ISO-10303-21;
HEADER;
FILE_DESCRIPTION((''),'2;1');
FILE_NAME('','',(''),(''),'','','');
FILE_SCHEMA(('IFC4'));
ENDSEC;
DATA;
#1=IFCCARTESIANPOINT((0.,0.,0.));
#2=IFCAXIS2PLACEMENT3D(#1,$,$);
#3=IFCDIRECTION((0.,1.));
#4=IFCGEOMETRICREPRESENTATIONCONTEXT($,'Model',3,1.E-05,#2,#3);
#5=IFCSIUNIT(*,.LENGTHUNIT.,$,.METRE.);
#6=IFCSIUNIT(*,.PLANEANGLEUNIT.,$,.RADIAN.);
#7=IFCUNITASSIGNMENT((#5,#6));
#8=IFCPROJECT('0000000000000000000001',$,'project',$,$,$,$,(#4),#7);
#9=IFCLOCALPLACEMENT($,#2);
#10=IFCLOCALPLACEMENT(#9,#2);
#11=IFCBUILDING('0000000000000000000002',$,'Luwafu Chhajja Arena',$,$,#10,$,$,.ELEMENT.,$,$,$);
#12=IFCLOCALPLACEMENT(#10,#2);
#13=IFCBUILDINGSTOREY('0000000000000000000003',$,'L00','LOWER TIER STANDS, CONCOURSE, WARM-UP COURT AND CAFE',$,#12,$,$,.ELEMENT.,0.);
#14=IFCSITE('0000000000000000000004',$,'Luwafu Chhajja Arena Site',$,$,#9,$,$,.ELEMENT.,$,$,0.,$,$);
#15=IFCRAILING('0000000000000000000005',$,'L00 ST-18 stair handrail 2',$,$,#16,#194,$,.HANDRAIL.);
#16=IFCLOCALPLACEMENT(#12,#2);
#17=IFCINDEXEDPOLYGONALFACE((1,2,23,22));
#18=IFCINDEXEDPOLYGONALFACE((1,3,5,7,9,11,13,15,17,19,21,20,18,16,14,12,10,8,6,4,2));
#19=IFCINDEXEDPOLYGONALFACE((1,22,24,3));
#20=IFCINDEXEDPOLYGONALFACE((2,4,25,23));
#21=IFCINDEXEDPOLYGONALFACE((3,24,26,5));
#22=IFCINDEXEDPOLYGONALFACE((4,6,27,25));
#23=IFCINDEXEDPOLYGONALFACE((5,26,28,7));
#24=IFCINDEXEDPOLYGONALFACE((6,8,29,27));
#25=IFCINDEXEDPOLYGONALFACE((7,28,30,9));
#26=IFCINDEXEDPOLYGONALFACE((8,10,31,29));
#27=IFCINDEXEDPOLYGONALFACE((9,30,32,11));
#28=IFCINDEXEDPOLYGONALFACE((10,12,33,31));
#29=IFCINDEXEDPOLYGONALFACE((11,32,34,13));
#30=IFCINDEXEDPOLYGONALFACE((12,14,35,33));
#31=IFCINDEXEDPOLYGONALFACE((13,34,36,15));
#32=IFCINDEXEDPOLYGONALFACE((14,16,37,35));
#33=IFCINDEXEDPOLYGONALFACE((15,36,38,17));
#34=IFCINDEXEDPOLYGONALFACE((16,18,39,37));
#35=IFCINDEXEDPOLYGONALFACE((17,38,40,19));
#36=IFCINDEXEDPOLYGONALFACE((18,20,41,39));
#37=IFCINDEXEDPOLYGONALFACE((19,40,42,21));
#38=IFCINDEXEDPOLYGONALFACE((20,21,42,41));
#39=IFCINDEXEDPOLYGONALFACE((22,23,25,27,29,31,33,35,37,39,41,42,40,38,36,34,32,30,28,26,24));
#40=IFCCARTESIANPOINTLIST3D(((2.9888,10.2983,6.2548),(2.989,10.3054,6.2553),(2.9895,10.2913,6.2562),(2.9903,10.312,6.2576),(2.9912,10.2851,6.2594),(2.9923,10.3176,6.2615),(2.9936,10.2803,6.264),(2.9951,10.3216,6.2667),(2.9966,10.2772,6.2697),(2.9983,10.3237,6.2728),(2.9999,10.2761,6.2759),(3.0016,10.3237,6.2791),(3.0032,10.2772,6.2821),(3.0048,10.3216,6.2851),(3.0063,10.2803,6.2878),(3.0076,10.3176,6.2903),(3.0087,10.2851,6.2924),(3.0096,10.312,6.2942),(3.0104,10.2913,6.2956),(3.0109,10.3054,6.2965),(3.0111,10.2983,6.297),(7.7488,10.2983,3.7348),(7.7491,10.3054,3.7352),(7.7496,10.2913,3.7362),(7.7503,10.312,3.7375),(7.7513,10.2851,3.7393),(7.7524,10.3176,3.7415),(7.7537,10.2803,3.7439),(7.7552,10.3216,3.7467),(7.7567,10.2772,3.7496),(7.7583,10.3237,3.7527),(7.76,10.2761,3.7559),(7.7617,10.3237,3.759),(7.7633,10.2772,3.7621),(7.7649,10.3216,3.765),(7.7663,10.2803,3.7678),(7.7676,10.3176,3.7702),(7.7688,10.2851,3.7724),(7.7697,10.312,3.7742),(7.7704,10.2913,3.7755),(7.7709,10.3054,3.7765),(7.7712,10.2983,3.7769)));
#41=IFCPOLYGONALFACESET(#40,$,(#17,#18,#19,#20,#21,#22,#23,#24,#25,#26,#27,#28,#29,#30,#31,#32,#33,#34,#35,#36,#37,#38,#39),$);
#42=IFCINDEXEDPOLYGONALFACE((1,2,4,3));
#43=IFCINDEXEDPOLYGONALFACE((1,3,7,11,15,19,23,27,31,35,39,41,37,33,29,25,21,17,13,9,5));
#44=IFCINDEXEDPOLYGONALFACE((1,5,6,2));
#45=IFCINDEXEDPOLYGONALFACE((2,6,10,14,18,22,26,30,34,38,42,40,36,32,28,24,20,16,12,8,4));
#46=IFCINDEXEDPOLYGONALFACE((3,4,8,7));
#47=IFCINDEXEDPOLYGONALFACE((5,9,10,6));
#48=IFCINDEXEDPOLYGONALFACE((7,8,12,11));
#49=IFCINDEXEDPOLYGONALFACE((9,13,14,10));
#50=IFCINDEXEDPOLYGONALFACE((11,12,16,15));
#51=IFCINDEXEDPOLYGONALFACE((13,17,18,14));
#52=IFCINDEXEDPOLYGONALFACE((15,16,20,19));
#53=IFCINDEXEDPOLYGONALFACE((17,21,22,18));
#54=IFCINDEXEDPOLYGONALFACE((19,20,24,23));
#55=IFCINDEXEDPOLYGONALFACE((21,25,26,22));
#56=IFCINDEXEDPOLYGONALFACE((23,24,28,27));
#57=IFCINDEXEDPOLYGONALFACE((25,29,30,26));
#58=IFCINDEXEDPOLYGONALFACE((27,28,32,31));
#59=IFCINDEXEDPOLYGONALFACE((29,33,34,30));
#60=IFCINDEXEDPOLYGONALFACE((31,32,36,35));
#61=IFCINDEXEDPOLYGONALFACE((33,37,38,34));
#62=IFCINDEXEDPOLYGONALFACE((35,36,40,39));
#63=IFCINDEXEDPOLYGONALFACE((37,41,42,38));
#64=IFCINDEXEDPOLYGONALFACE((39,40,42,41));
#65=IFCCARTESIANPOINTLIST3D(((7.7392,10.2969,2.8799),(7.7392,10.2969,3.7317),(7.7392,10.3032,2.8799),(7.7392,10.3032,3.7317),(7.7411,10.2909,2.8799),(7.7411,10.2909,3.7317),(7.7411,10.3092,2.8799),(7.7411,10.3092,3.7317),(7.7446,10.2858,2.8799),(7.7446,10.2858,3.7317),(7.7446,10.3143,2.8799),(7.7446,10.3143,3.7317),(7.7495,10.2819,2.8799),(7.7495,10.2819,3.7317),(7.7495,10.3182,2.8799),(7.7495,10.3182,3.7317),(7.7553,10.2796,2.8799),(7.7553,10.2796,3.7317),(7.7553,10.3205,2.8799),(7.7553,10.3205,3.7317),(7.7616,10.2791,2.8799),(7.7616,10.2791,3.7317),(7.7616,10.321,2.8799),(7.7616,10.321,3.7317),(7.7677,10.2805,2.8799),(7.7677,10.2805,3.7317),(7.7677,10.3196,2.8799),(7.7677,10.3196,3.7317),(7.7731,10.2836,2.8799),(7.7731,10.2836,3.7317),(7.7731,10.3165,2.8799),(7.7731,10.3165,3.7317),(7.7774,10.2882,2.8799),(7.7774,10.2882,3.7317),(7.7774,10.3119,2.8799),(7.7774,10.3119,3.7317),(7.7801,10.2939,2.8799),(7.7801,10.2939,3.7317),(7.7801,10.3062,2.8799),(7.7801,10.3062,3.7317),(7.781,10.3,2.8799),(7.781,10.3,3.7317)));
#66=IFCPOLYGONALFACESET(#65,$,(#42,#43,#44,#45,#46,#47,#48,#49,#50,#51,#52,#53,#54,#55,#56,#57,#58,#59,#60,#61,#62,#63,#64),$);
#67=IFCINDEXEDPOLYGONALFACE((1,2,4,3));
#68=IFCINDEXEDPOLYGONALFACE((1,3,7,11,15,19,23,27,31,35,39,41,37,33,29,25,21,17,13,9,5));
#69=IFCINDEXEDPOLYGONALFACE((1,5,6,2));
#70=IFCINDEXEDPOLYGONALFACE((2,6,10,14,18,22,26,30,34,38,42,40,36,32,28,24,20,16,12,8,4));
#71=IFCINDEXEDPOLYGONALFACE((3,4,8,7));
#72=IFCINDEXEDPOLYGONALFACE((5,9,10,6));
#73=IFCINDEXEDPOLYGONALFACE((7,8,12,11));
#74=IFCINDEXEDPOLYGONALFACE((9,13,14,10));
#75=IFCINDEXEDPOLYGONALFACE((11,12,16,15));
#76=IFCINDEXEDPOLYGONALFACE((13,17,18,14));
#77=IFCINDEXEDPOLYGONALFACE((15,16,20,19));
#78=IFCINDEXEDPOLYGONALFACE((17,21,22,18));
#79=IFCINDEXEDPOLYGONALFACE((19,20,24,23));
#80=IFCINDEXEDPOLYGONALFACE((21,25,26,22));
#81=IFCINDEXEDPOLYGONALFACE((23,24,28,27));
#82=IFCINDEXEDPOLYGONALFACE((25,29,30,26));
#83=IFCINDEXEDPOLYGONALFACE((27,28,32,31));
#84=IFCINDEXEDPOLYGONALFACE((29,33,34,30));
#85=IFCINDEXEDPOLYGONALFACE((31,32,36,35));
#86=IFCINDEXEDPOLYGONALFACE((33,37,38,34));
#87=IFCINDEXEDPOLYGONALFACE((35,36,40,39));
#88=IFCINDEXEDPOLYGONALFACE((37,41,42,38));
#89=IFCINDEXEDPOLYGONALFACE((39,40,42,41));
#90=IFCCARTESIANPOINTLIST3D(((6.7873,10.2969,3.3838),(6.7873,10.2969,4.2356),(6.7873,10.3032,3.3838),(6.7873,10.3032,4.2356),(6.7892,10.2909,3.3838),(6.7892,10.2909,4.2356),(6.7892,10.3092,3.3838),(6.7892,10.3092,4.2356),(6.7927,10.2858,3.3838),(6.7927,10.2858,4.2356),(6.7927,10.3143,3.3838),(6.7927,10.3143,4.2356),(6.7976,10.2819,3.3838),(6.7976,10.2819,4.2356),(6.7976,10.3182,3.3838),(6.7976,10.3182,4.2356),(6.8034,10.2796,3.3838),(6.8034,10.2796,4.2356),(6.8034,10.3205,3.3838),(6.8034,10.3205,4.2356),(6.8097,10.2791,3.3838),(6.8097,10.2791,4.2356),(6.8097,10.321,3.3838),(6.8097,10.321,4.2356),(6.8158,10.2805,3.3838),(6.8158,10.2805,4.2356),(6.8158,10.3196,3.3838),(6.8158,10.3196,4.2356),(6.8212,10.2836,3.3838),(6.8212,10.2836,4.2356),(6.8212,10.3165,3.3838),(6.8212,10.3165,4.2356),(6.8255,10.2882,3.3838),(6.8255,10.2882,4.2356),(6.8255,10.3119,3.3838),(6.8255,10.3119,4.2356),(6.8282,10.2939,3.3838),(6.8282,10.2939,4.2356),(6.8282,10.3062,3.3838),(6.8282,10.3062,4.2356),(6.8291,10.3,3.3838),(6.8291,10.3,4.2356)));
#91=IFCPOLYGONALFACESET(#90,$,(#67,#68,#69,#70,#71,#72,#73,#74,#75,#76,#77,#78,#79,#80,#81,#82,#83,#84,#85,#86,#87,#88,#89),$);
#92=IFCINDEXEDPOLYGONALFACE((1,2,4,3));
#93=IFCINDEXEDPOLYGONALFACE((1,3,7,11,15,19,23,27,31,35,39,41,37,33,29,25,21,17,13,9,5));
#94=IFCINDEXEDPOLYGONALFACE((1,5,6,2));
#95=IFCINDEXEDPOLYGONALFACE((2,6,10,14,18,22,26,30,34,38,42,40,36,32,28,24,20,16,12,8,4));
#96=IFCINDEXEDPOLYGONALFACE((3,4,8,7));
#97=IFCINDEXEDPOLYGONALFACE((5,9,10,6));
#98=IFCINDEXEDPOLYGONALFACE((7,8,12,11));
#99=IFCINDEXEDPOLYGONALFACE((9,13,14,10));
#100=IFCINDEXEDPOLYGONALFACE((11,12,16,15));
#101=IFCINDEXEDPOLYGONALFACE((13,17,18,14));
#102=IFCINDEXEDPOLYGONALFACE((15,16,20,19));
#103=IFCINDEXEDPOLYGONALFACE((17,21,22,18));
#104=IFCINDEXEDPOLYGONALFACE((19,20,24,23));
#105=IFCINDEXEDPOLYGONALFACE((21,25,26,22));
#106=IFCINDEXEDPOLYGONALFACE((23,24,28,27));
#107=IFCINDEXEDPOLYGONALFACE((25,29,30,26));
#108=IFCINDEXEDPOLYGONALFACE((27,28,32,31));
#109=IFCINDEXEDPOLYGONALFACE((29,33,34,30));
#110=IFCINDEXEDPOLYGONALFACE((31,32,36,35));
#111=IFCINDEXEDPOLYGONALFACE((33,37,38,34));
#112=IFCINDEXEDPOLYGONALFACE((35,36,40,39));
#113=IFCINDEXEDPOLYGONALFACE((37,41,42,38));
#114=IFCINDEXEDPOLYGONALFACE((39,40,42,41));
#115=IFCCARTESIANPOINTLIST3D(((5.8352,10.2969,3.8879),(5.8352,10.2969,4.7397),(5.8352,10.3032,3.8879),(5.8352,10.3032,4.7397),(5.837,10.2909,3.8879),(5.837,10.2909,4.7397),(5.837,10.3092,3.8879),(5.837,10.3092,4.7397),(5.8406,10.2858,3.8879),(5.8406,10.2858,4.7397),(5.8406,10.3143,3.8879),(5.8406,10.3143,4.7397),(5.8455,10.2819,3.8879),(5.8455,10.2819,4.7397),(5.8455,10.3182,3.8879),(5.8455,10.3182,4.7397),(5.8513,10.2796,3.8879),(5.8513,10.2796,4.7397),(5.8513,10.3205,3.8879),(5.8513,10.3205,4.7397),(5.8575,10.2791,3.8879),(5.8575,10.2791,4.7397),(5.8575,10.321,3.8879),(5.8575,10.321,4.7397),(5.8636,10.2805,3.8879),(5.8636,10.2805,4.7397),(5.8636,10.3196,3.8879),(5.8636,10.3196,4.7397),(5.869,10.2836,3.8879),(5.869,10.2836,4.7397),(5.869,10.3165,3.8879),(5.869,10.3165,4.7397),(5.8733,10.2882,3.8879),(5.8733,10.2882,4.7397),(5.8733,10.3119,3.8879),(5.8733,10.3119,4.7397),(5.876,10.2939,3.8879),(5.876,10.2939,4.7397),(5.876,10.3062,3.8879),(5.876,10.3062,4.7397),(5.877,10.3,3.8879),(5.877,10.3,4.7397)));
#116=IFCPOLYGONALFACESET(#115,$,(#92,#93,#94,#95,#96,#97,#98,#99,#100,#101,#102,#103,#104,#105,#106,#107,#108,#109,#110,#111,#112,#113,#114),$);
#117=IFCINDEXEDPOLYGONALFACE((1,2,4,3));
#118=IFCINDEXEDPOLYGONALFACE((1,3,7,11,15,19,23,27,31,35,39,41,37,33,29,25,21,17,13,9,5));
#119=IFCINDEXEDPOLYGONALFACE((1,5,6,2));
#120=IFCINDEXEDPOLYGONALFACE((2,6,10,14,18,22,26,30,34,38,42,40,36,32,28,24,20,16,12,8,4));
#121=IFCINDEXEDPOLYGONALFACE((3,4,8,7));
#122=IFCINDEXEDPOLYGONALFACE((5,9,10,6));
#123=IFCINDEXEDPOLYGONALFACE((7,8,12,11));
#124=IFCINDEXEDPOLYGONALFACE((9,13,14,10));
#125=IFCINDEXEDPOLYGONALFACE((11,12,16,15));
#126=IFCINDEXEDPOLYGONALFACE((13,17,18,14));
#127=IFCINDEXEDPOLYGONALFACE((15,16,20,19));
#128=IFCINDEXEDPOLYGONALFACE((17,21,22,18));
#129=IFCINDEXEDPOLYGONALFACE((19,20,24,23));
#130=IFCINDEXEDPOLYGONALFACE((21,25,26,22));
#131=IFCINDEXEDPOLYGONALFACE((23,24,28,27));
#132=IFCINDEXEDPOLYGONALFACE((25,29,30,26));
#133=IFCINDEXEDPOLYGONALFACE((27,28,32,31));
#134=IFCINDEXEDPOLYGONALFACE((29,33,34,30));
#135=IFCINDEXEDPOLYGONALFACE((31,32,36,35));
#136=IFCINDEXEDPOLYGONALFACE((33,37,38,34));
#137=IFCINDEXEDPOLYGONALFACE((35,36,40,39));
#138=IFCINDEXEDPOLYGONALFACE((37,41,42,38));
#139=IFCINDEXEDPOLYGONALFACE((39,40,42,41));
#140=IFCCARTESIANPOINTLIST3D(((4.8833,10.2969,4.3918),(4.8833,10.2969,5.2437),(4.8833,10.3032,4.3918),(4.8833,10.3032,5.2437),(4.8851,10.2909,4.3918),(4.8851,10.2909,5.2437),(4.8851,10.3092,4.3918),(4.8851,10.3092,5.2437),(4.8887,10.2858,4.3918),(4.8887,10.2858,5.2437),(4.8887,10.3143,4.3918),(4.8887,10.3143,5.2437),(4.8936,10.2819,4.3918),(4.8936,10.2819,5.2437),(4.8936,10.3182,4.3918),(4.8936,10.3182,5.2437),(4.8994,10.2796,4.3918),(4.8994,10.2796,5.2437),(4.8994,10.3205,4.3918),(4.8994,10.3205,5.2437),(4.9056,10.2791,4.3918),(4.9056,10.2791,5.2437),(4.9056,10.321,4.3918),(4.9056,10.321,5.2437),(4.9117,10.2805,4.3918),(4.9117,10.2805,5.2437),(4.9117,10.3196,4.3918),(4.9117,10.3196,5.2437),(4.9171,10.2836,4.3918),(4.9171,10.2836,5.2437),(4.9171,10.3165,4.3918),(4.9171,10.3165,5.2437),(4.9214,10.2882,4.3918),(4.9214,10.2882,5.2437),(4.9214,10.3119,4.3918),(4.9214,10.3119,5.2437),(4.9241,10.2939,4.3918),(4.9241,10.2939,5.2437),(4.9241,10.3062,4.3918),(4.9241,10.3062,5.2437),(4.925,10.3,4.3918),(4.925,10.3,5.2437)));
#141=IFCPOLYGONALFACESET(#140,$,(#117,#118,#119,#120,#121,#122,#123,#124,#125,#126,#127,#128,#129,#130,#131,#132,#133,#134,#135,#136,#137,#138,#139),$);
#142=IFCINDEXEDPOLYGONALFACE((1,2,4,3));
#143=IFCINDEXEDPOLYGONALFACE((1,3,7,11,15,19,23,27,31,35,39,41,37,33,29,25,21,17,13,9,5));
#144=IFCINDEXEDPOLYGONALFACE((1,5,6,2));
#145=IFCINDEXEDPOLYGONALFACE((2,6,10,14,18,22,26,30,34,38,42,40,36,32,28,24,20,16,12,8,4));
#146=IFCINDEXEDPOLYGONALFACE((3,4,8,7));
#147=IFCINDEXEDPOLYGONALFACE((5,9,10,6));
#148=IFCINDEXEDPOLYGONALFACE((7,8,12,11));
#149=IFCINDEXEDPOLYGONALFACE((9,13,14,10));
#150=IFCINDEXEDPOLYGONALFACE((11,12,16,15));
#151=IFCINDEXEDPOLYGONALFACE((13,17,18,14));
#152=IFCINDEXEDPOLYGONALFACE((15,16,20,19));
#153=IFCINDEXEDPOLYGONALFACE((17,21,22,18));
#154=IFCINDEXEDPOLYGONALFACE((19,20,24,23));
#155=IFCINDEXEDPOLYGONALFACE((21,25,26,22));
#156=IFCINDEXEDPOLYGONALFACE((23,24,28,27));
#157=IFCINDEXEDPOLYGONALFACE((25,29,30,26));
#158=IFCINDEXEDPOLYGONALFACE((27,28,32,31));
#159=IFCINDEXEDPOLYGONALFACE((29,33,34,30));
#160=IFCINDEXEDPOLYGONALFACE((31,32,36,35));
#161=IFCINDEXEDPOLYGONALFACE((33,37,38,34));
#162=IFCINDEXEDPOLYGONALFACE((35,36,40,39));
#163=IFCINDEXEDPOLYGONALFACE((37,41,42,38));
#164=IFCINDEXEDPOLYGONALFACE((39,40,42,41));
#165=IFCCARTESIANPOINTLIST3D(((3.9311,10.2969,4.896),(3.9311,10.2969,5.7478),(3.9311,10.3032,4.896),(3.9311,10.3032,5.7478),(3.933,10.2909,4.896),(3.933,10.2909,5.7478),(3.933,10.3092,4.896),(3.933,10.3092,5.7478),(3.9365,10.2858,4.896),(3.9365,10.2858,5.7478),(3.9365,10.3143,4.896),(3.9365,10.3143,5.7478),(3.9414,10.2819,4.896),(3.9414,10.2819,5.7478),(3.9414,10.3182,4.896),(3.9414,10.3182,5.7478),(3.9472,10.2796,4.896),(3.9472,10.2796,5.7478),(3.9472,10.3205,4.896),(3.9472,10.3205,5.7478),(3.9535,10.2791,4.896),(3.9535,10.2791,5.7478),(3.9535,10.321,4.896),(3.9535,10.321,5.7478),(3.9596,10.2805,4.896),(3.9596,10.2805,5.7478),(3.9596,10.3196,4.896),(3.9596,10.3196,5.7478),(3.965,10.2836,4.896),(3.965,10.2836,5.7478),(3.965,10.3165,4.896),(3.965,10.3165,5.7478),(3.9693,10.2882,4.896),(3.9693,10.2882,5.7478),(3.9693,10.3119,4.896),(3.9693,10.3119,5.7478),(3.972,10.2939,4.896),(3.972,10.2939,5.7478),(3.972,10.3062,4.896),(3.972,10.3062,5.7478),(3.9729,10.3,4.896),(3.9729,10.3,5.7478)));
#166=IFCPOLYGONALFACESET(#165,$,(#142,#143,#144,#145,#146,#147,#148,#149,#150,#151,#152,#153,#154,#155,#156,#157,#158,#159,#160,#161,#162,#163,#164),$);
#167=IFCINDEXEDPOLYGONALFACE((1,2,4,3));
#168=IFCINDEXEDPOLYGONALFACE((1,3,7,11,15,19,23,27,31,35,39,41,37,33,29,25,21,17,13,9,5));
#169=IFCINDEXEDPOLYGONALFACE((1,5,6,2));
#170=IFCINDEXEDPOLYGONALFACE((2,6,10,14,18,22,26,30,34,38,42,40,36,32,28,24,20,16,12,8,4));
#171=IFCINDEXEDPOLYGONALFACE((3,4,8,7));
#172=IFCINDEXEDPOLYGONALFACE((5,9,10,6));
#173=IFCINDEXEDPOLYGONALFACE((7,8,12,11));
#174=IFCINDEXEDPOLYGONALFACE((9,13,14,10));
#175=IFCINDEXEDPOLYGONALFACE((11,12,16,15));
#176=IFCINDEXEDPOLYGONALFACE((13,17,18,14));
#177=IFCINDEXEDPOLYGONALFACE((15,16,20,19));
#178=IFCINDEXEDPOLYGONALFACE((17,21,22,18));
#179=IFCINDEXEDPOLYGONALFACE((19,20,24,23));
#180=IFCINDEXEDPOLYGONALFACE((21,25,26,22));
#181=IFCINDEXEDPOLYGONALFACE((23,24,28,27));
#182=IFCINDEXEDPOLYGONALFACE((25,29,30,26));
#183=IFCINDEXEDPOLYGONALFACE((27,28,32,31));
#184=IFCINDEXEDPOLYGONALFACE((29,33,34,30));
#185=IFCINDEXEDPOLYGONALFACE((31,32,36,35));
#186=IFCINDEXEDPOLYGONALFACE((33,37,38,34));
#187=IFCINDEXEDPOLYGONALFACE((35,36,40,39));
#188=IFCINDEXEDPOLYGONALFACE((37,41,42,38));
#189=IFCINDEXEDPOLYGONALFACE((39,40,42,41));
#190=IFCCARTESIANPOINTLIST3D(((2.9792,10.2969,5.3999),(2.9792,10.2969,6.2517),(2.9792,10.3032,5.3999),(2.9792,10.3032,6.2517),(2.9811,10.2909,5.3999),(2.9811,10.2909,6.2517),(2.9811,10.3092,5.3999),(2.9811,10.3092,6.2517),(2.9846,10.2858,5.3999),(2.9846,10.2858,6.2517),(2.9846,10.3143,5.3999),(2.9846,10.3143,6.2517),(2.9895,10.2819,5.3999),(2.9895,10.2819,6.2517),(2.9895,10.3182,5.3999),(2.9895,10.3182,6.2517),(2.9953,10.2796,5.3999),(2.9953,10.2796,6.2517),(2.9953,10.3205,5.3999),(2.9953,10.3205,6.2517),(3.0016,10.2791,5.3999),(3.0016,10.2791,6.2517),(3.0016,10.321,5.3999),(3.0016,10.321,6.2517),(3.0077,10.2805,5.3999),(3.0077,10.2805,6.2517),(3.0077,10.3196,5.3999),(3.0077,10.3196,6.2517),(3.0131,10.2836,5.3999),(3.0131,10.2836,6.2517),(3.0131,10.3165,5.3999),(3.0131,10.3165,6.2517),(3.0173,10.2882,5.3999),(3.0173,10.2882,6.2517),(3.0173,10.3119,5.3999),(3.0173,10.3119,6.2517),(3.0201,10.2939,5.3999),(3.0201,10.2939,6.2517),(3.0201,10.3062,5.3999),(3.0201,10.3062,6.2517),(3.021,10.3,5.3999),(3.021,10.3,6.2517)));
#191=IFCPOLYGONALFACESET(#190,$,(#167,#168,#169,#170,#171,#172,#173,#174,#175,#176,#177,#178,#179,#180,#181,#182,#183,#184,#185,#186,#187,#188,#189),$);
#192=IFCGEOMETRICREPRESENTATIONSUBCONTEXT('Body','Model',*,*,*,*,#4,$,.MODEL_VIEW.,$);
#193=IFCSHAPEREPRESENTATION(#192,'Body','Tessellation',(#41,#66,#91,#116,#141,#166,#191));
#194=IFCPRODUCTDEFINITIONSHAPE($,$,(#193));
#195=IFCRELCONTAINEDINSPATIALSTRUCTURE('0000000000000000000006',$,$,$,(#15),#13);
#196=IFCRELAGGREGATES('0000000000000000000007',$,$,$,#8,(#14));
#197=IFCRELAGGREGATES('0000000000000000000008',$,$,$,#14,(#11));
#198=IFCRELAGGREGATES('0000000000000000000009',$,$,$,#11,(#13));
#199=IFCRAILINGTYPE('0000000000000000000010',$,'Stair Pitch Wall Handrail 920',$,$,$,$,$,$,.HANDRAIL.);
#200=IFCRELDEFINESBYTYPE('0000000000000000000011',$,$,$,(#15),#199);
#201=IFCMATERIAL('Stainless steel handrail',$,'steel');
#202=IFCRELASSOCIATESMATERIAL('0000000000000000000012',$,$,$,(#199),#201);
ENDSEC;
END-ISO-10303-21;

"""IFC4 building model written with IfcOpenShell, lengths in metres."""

from ifc_helpers import new_model, si_unit, direction, frame, origin, origin_2d, place, context, subcontext, project, spatial, circle, extrude, material, type_object, element, save


model = new_model("IFC4")

# Units and contexts
model_context = context("Model", 3, precision=1e-05, world=origin(), true_north=direction((0.0, 1.0)))
body_context = subcontext(model_context, "Body", "Model", "MODEL_VIEW")
ifc_project = project(units=[si_unit("LENGTHUNIT", "METRE"), si_unit("PLANEANGLEUNIT", "RADIAN")], contexts=[model_context])

# Site, building, storey
site_placement = place(None, origin())
site = spatial("IfcSite", under=ifc_project, at=site_placement, Name="Luwafu Chhajja Arena Site", CompositionType="ELEMENT", RefElevation=0.0)
building_placement = place(site_placement, origin())
building = spatial("IfcBuilding", under=site, at=building_placement, Name="Luwafu Chhajja Arena", CompositionType="ELEMENT")
storey_placement = place(building_placement, origin())
storey = spatial("IfcBuildingStorey", under=building, at=storey_placement, Name="L00", Description="LOWER TIER STANDS, CONCOURSE, WARM-UP COURT AND CAFE", CompositionType="ELEMENT", Elevation=0.0)

# Railing
ifc_material_1 = material(Name="Stainless steel handrail", Category="steel")
railing_type_1 = type_object("IfcRailingType", Name="Stair Pitch Wall Handrail 920", PredefinedType="HANDRAIL", material=ifc_material_1)
for number, where, name in (
    (1, (7.76, 10.3, 2.8799), "L00 ST-18 stair handrail 2"),
):
    element("IfcRailing", number, at=place(storey_placement, frame(where)), inside=storey, type_object=railing_type_1, Name=name, PredefinedType="HANDRAIL", context=body_context, shape_type="SweptSolid", body=[
        extrude(circle(Radius=0.0239, at=origin_2d()), frame((0.0, 0.0, 0.876), z_axis=(-0.883787, 0.0, 0.46789), x_axis=(0.0, -1.0, 0.0)), (0.0, 0.0, 1.0), 5.386),
        extrude(circle(Radius=0.021, at=origin_2d()), origin(), (0.0, 0.0, 1.0), 0.8518),
        extrude(circle(Radius=0.021, at=origin_2d()), frame((-0.9519, 0.0, 0.5039)), (0.0, 0.0, 1.0), 0.8518),
        extrude(circle(Radius=0.021, at=origin_2d()), frame((-1.9041, 0.0, 1.0081)), (0.0, 0.0, 1.0), 0.8518),
        extrude(circle(Radius=0.021, at=origin_2d()), frame((-2.856, 0.0, 1.512)), (0.0, 0.0, 1.0), 0.8518),
        extrude(circle(Radius=0.021, at=origin_2d()), frame((-3.8081, 0.0, 2.0161)), (0.0, 0.0, 1.0), 0.8518),
        extrude(circle(Radius=0.021, at=origin_2d()), frame((-4.76, 0.0, 2.52)), (0.0, 0.0, 1.0), 0.8518),
    ])

save(model, "model.ifc")
